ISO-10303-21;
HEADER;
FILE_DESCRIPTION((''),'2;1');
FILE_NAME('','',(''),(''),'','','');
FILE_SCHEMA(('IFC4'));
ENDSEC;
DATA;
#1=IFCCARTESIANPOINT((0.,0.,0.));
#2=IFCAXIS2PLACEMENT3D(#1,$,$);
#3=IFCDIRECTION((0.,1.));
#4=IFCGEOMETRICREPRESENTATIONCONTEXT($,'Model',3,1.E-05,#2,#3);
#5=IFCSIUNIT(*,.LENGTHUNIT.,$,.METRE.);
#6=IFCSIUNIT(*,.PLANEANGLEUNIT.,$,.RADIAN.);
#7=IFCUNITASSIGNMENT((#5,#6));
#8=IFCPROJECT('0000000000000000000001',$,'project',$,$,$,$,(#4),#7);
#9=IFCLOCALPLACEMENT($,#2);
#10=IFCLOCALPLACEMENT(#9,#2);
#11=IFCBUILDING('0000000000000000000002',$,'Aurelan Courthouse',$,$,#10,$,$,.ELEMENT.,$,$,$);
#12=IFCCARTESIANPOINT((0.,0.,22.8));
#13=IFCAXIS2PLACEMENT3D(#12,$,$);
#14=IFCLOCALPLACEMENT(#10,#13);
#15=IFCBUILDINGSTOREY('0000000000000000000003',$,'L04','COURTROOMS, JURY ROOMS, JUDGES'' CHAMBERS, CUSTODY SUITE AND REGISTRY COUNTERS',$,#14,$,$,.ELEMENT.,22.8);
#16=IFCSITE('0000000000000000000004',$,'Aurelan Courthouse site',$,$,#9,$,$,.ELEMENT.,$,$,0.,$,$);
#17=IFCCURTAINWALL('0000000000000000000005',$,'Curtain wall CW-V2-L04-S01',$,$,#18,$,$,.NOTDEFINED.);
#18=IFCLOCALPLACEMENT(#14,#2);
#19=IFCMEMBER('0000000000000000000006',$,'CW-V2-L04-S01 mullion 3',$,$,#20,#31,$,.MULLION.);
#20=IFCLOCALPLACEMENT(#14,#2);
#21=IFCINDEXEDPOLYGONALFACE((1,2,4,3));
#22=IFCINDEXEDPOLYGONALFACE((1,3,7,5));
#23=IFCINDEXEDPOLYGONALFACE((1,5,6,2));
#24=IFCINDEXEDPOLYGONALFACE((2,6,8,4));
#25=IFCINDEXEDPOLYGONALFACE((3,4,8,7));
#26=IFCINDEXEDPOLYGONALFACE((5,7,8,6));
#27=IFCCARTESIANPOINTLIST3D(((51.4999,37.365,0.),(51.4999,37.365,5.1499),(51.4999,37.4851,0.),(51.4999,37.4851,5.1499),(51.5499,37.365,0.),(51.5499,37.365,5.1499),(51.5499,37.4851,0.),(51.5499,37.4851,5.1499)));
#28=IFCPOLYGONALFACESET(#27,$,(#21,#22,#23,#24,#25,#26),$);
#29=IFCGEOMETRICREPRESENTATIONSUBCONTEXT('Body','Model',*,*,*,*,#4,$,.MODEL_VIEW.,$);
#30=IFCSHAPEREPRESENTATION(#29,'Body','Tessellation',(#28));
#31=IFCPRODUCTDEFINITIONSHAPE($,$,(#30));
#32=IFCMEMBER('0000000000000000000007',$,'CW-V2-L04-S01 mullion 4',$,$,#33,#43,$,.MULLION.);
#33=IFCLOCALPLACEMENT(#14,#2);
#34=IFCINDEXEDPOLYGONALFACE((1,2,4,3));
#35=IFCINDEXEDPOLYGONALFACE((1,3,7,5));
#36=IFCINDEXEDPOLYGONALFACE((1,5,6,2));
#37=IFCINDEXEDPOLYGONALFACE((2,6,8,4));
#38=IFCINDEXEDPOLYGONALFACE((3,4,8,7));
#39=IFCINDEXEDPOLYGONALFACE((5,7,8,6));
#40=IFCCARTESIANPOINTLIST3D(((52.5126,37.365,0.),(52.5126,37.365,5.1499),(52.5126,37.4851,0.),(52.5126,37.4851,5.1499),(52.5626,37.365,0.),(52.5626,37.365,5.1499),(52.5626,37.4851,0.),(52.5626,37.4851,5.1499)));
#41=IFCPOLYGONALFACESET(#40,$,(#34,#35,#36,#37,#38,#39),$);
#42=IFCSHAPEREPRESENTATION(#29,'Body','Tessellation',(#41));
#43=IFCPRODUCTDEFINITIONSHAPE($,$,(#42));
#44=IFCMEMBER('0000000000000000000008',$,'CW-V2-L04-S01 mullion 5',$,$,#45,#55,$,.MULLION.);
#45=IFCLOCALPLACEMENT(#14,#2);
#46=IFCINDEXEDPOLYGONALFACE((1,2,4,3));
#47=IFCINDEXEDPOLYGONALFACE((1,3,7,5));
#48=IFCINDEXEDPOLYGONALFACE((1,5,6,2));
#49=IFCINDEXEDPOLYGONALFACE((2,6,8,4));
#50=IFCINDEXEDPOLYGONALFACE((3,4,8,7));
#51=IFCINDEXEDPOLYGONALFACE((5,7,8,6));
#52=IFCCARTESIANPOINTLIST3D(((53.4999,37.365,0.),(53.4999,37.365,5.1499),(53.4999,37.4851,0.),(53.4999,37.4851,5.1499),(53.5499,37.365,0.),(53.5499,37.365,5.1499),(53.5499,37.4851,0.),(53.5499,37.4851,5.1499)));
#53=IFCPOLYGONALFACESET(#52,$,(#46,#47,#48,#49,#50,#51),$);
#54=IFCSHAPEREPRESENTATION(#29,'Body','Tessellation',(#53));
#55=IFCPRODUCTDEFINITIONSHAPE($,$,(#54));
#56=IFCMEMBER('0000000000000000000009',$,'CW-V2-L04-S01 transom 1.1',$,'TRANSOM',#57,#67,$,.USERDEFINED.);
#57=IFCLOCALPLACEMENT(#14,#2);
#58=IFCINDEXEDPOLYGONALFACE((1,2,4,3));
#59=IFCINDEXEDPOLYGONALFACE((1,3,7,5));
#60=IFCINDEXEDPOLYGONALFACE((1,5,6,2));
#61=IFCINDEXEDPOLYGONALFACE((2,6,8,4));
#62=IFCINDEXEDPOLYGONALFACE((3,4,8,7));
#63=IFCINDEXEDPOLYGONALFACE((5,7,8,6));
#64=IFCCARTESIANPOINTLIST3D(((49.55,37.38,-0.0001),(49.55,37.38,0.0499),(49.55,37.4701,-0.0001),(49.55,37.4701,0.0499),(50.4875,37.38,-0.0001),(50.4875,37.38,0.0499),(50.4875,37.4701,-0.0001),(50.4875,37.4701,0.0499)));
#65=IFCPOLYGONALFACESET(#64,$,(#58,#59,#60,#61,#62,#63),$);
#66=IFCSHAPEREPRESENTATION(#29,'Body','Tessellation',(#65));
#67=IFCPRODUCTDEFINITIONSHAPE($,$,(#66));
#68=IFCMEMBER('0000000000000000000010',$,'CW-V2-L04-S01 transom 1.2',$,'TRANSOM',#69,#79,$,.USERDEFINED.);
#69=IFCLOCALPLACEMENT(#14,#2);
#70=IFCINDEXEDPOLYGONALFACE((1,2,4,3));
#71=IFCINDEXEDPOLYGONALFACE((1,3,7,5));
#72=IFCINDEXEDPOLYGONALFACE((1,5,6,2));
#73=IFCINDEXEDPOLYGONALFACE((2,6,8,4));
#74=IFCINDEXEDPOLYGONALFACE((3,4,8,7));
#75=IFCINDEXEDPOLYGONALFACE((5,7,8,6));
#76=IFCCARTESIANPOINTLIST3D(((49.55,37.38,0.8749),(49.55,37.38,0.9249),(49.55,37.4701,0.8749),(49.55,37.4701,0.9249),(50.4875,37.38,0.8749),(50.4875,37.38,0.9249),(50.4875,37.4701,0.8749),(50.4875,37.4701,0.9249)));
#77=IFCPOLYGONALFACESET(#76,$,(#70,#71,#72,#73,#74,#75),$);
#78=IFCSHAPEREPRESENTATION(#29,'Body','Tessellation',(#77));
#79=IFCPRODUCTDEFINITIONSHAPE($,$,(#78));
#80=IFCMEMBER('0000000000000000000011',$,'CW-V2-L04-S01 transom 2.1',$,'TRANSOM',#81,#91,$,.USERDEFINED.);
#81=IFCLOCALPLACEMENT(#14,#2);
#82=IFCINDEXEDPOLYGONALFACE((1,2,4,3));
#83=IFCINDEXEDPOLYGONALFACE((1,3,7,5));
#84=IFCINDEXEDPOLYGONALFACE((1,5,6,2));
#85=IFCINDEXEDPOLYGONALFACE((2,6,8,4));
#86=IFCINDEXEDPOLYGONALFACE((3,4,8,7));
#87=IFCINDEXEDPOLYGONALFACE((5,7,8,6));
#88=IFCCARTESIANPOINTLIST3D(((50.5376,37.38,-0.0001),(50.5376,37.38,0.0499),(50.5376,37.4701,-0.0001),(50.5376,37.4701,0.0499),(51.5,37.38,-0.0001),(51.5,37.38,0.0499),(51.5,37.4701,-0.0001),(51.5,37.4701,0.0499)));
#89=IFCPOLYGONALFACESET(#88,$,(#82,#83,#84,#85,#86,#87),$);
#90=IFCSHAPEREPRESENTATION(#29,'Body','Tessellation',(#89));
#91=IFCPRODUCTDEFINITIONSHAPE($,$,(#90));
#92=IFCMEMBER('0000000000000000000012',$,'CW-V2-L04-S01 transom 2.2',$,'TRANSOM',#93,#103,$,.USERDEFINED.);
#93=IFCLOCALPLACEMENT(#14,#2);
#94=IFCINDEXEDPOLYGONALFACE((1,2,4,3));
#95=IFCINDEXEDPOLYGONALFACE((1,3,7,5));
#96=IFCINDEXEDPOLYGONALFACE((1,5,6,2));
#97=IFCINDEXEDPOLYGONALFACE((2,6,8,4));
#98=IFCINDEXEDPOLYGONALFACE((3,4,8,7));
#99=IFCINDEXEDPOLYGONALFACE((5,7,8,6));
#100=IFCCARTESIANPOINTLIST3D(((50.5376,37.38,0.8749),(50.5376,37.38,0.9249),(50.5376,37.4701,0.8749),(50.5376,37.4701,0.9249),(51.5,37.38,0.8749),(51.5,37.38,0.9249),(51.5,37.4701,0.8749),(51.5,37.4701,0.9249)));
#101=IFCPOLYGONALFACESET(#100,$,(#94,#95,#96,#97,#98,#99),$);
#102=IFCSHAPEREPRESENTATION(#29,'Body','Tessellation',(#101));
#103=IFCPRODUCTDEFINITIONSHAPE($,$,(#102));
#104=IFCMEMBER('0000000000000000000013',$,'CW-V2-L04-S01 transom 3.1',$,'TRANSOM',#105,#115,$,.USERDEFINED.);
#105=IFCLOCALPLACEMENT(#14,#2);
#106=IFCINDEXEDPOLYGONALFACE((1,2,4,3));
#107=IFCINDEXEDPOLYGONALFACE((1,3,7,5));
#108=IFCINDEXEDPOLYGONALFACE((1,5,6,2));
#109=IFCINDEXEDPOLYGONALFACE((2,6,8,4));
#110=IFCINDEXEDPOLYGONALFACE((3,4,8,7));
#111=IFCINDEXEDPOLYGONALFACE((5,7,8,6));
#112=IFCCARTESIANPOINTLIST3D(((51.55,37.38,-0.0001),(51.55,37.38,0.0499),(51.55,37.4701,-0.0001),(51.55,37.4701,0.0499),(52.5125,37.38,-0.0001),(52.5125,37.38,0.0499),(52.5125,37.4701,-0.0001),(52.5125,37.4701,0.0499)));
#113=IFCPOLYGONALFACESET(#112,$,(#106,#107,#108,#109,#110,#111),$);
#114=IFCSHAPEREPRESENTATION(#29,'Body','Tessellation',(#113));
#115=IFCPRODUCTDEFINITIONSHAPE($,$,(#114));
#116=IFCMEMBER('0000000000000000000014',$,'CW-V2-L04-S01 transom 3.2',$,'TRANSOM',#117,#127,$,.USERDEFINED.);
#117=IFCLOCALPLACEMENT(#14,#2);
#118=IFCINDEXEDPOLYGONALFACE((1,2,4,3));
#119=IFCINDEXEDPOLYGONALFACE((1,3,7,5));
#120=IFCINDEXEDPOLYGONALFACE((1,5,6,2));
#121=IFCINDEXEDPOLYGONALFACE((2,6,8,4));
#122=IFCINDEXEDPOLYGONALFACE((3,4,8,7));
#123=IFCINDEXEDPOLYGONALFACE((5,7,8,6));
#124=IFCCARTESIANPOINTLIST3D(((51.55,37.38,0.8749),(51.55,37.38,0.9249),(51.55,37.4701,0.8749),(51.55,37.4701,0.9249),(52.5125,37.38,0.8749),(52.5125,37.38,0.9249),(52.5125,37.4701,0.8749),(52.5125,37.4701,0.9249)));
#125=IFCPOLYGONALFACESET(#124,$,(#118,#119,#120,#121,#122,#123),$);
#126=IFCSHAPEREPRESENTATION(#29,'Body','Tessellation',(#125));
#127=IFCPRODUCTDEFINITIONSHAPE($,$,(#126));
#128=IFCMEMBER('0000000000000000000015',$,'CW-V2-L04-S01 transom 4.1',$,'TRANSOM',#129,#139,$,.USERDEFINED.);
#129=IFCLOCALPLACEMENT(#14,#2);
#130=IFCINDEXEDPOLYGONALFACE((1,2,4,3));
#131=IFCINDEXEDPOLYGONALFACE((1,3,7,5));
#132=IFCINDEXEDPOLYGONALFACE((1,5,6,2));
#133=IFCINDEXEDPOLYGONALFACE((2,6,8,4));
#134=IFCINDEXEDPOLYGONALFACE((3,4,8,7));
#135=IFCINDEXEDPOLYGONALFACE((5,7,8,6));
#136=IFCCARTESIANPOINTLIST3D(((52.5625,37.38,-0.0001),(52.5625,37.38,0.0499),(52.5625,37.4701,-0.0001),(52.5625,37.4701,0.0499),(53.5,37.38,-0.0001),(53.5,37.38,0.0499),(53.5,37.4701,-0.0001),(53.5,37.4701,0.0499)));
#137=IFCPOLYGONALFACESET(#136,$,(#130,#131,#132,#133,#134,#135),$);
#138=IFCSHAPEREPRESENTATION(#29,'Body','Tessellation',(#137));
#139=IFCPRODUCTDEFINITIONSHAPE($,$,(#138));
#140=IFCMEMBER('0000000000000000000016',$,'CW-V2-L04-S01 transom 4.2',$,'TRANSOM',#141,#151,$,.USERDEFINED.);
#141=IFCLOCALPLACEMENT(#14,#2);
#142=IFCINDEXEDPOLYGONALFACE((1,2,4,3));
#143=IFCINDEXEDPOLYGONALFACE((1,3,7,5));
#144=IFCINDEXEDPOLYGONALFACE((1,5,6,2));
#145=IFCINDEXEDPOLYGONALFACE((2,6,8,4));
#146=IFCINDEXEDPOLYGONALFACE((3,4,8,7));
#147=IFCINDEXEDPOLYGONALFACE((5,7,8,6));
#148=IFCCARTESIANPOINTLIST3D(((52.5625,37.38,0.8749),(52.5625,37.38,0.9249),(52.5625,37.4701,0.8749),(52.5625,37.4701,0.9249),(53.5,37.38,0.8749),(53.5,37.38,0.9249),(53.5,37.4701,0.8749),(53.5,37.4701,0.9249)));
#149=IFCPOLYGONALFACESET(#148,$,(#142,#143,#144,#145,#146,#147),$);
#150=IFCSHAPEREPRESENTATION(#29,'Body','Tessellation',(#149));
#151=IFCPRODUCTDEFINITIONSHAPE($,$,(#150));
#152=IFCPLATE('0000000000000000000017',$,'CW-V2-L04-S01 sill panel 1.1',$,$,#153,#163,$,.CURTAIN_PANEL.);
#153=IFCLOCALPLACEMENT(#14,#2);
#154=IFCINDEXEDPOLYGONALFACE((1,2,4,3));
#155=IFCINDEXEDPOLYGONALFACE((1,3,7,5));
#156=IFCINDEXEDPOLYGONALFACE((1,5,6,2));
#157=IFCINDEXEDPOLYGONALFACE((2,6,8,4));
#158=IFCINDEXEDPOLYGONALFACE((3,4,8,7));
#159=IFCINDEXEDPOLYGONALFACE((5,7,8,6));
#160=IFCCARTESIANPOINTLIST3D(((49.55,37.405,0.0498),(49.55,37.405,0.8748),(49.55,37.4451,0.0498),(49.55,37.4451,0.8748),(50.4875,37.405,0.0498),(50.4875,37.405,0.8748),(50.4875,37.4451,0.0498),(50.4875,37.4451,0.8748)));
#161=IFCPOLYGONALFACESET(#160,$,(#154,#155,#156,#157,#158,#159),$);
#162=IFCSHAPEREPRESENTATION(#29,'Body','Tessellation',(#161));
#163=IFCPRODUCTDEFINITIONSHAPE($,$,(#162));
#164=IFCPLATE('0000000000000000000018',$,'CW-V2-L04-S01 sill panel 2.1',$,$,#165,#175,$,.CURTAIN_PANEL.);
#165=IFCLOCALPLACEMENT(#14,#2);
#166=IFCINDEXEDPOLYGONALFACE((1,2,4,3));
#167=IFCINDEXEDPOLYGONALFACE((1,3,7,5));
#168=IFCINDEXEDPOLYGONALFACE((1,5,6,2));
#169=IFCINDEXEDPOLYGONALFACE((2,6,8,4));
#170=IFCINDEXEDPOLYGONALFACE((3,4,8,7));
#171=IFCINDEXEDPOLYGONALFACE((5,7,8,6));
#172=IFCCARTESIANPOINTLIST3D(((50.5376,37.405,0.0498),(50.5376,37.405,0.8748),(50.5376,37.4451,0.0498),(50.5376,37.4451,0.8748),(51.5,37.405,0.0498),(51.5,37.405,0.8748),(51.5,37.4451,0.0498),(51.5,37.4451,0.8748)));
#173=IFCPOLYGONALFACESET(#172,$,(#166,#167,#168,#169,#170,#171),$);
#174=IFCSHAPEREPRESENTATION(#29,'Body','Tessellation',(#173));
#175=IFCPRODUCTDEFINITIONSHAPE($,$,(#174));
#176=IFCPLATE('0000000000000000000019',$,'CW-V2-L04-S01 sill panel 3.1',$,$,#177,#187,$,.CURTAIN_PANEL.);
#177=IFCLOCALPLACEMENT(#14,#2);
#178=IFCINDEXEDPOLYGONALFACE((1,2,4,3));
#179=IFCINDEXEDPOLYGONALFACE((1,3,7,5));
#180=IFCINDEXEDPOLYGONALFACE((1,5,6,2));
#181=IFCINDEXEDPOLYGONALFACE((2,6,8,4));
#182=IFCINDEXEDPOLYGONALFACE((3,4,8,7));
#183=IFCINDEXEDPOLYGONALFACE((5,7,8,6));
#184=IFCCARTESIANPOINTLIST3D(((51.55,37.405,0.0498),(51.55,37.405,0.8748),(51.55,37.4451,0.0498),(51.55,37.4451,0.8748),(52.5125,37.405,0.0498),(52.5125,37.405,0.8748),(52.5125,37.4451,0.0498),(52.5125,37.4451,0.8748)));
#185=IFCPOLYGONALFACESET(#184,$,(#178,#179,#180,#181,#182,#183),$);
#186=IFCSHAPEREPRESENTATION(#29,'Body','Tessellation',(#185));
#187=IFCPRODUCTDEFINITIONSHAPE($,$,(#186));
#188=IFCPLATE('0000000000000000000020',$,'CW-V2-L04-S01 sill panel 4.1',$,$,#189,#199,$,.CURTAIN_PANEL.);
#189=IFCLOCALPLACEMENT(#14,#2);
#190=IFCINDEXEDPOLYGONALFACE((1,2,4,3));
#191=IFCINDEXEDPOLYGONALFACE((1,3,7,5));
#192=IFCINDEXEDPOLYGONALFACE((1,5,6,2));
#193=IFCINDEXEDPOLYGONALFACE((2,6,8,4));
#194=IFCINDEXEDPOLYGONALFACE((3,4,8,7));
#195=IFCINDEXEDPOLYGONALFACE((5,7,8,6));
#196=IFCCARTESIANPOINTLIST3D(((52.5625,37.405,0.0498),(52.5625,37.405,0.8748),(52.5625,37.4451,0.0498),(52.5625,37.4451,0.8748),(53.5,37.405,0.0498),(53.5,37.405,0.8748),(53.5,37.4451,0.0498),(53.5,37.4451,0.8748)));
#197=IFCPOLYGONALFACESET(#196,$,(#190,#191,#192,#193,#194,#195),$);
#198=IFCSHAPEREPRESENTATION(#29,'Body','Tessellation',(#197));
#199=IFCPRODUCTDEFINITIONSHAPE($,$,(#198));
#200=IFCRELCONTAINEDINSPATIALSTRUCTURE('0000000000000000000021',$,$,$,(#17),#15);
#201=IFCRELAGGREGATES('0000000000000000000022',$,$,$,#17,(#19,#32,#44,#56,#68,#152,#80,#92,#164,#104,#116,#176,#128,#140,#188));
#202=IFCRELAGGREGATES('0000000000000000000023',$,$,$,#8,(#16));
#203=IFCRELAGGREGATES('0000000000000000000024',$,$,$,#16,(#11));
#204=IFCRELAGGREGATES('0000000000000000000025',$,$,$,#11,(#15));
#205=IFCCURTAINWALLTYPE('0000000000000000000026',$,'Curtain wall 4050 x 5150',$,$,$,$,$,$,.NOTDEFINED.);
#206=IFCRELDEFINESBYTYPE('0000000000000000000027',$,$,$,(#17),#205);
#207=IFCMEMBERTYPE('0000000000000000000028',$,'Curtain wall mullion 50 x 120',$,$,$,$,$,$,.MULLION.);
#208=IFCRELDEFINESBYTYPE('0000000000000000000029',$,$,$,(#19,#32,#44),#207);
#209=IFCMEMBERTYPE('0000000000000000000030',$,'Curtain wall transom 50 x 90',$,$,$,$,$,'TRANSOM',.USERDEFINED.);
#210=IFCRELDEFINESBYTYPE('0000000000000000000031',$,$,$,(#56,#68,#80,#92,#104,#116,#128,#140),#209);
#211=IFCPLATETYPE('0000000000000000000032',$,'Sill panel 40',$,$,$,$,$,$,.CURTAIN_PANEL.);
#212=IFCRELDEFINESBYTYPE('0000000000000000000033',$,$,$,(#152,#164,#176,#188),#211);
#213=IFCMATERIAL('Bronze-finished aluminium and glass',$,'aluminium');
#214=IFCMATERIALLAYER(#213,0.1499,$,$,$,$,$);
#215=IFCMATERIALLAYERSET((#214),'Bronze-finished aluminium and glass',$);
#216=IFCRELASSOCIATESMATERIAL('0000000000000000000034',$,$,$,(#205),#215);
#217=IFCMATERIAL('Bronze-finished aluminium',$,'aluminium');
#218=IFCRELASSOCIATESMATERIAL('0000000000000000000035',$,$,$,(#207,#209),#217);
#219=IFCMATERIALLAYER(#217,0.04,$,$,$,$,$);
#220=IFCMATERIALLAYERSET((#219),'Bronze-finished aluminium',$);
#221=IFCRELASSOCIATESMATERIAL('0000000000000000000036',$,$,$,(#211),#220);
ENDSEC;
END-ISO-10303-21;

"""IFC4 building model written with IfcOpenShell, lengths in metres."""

from ifc_helpers import new_model, si_unit, direction, frame, origin, origin_2d, place, context, subcontext, project, spatial, rectangle, extrude, material, layer, layer_set, material_profile, profile_set, type_object, element, aggregate, save


model = new_model("IFC4")

# Units and contexts
model_context = context("Model", 3, precision=1e-05, world=origin(), true_north=direction((0.0, 1.0)))
body_context = subcontext(model_context, "Body", "Model", "MODEL_VIEW")
ifc_project = project(units=[si_unit("LENGTHUNIT", "METRE"), si_unit("PLANEANGLEUNIT", "RADIAN")], contexts=[model_context])

# Site, building, storey
site_placement = place(None, origin())
site = spatial("IfcSite", under=ifc_project, at=site_placement, Name="Aurelan Courthouse site", CompositionType="ELEMENT", RefElevation=0.0)
building_placement = place(site_placement, origin())
building = spatial("IfcBuilding", under=site, at=building_placement, Name="Aurelan Courthouse", CompositionType="ELEMENT")
storey_placement = place(building_placement, frame((0.0, 0.0, 22.8)))
storey = spatial("IfcBuildingStorey", under=building, at=storey_placement, Name="L04", Description="COURTROOMS, JURY ROOMS, JUDGES' CHAMBERS, CUSTODY SUITE AND REGISTRY COUNTERS", CompositionType="ELEMENT", Elevation=22.8)

# Curtain wall, members, plates
ifc_material_1 = material(Name="Bronze-finished aluminium and glass", Category="aluminium")
ifc_layer_1 = layer(ifc_material_1, 0.1499)
ifc_layer_set_1 = layer_set([ifc_layer_1], Name="Bronze-finished aluminium and glass")
curtain_wall_type = type_object("IfcCurtainWallType", Name="Curtain wall 4050 x 5150", PredefinedType="NOTDEFINED", material=ifc_layer_set_1)
curtain_wall_placement = place(storey_placement, origin())
curtain_wall = element("IfcCurtainWall", 1, at=curtain_wall_placement, inside=storey, type_object=curtain_wall_type, Name="Curtain wall CW-V2-L04-S01", PredefinedType="NOTDEFINED")
ifc_material_2 = material(Name="Bronze-finished aluminium", Category="aluminium")
ifc_material_profile_1 = material_profile(ifc_material_2, rectangle(XDim=0.1201, YDim=0.05, at=origin_2d()), Name="Bronze mullion 50 x 120")
ifc_profile_set_1 = profile_set([ifc_material_profile_1], Name="Bronze-finished aluminium")
member_type_1 = type_object("IfcMemberType", Name="Curtain wall mullion 50 x 120", PredefinedType="MULLION", material=ifc_profile_set_1)
member_1_placement = place(storey_placement, frame((51.5249, 37.425, 0.0), z_axis=(0.0, 0.0, 1.0), x_axis=(0.0, 1.0, 0.0)))
member_1 = element("IfcMember", 2, at=member_1_placement, type_object=member_type_1, Name="CW-V2-L04-S01 mullion 3", PredefinedType="MULLION", context=body_context, shape_type="SweptSolid", body=[
    extrude(rectangle(XDim=0.1201, YDim=0.05, at=origin_2d()), origin(), (0.0, 0.0, 1.0), 5.1499),
])
member_2_placement = place(storey_placement, frame((52.5376, 37.425, 0.0), z_axis=(0.0, 0.0, 1.0), x_axis=(0.0, 1.0, 0.0)))
member_2 = element("IfcMember", 3, at=member_2_placement, type_object=member_type_1, Name="CW-V2-L04-S01 mullion 4", PredefinedType="MULLION", context=body_context, shape_type="SweptSolid", body=[
    extrude(rectangle(XDim=0.1201, YDim=0.05, at=origin_2d()), origin(), (0.0, 0.0, 1.0), 5.1499),
])
member_3_placement = place(storey_placement, frame((53.5249, 37.425, 0.0), z_axis=(0.0, 0.0, 1.0), x_axis=(0.0, 1.0, 0.0)))
member_3 = element("IfcMember", 4, at=member_3_placement, type_object=member_type_1, Name="CW-V2-L04-S01 mullion 5", PredefinedType="MULLION", context=body_context, shape_type="SweptSolid", body=[
    extrude(rectangle(XDim=0.1201, YDim=0.05, at=origin_2d()), origin(), (0.0, 0.0, 1.0), 5.1499),
])
ifc_material_profile_2 = material_profile(ifc_material_2, rectangle(XDim=0.0901, YDim=0.05, at=origin_2d()), Name="Bronze transom 50 x 90")
ifc_profile_set_2 = profile_set([ifc_material_profile_2], Name="Bronze-finished aluminium")
member_type_2 = type_object("IfcMemberType", Name="Curtain wall transom 50 x 90", ElementType="TRANSOM", PredefinedType="USERDEFINED", material=ifc_profile_set_2)
member_4_placement = place(storey_placement, frame((49.55, 37.425, 0.0249), z_axis=(1.0, 0.0, 0.0), x_axis=(0.0, 1.0, 0.0)))
member_4 = element("IfcMember", 5, at=member_4_placement, type_object=member_type_2, Name="CW-V2-L04-S01 transom 1.1", ObjectType="TRANSOM", PredefinedType="USERDEFINED", context=body_context, shape_type="SweptSolid", body=[
    extrude(rectangle(XDim=0.0901, YDim=0.05, at=origin_2d()), origin(), (0.0, 0.0, 1.0), 0.9375),
])
member_5_placement = place(storey_placement, frame((49.55, 37.425, 0.8999), z_axis=(1.0, 0.0, 0.0), x_axis=(0.0, 1.0, 0.0)))
member_5 = element("IfcMember", 6, at=member_5_placement, type_object=member_type_2, Name="CW-V2-L04-S01 transom 1.2", ObjectType="TRANSOM", PredefinedType="USERDEFINED", context=body_context, shape_type="SweptSolid", body=[
    extrude(rectangle(XDim=0.0901, YDim=0.05, at=origin_2d()), origin(), (0.0, 0.0, 1.0), 0.9375),
])
member_6_placement = place(storey_placement, frame((50.5376, 37.425, 0.0249), z_axis=(1.0, 0.0, 0.0), x_axis=(0.0, 1.0, 0.0)))
member_6 = element("IfcMember", 7, at=member_6_placement, type_object=member_type_2, Name="CW-V2-L04-S01 transom 2.1", ObjectType="TRANSOM", PredefinedType="USERDEFINED", context=body_context, shape_type="SweptSolid", body=[
    extrude(rectangle(XDim=0.0901, YDim=0.05, at=origin_2d()), origin(), (0.0, 0.0, 1.0), 0.9624),
])
member_7_placement = place(storey_placement, frame((50.5376, 37.425, 0.8999), z_axis=(1.0, 0.0, 0.0), x_axis=(0.0, 1.0, 0.0)))
member_7 = element("IfcMember", 8, at=member_7_placement, type_object=member_type_2, Name="CW-V2-L04-S01 transom 2.2", ObjectType="TRANSOM", PredefinedType="USERDEFINED", context=body_context, shape_type="SweptSolid", body=[
    extrude(rectangle(XDim=0.0901, YDim=0.05, at=origin_2d()), origin(), (0.0, 0.0, 1.0), 0.9624),
])
member_8_placement = place(storey_placement, frame((51.55, 37.425, 0.0249), z_axis=(1.0, 0.0, 0.0), x_axis=(0.0, 1.0, 0.0)))
member_8 = element("IfcMember", 9, at=member_8_placement, type_object=member_type_2, Name="CW-V2-L04-S01 transom 3.1", ObjectType="TRANSOM", PredefinedType="USERDEFINED", context=body_context, shape_type="SweptSolid", body=[
    extrude(rectangle(XDim=0.0901, YDim=0.05, at=origin_2d()), origin(), (0.0, 0.0, 1.0), 0.9624),
])
member_9_placement = place(storey_placement, frame((51.55, 37.425, 0.8999), z_axis=(1.0, 0.0, 0.0), x_axis=(0.0, 1.0, 0.0)))
member_9 = element("IfcMember", 10, at=member_9_placement, type_object=member_type_2, Name="CW-V2-L04-S01 transom 3.2", ObjectType="TRANSOM", PredefinedType="USERDEFINED", context=body_context, shape_type="SweptSolid", body=[
    extrude(rectangle(XDim=0.0901, YDim=0.05, at=origin_2d()), origin(), (0.0, 0.0, 1.0), 0.9624),
])
member_10_placement = place(storey_placement, frame((52.5625, 37.425, 0.0249), z_axis=(1.0, 0.0, 0.0), x_axis=(0.0, 1.0, 0.0)))
member_10 = element("IfcMember", 11, at=member_10_placement, type_object=member_type_2, Name="CW-V2-L04-S01 transom 4.1", ObjectType="TRANSOM", PredefinedType="USERDEFINED", context=body_context, shape_type="SweptSolid", body=[
    extrude(rectangle(XDim=0.0901, YDim=0.05, at=origin_2d()), origin(), (0.0, 0.0, 1.0), 0.9375),
])
member_11_placement = place(storey_placement, frame((52.5625, 37.425, 0.8999), z_axis=(1.0, 0.0, 0.0), x_axis=(0.0, 1.0, 0.0)))
member_11 = element("IfcMember", 12, at=member_11_placement, type_object=member_type_2, Name="CW-V2-L04-S01 transom 4.2", ObjectType="TRANSOM", PredefinedType="USERDEFINED", context=body_context, shape_type="SweptSolid", body=[
    extrude(rectangle(XDim=0.0901, YDim=0.05, at=origin_2d()), origin(), (0.0, 0.0, 1.0), 0.9375),
])
ifc_layer_2 = layer(ifc_material_2, 0.04)
ifc_layer_set_2 = layer_set([ifc_layer_2], Name="Bronze-finished aluminium")
plate_type = type_object("IfcPlateType", Name="Sill panel 40", PredefinedType="CURTAIN_PANEL", material=ifc_layer_set_2)
plate_1_placement = place(storey_placement, frame((50.0188, 37.425, 0.0498), z_axis=(0.0, 0.0, 1.0), x_axis=(1.0, 0.0, 0.0)))
plate_1 = element("IfcPlate", 13, at=plate_1_placement, type_object=plate_type, Name="CW-V2-L04-S01 sill panel 1.1", PredefinedType="CURTAIN_PANEL", context=body_context, shape_type="SweptSolid", body=[
    extrude(rectangle(XDim=0.9375, YDim=0.04, at=origin_2d()), origin(), (0.0, 0.0, 1.0), 0.825),
])
plate_2_placement = place(storey_placement, frame((51.0188, 37.425, 0.0498), z_axis=(0.0, 0.0, 1.0), x_axis=(1.0, 0.0, 0.0)))
plate_2 = element("IfcPlate", 14, at=plate_2_placement, type_object=plate_type, Name="CW-V2-L04-S01 sill panel 2.1", PredefinedType="CURTAIN_PANEL", context=body_context, shape_type="SweptSolid", body=[
    extrude(rectangle(XDim=0.9624, YDim=0.04, at=origin_2d()), origin(), (0.0, 0.0, 1.0), 0.825),
])
plate_3_placement = place(storey_placement, frame((52.0312, 37.425, 0.0498), z_axis=(0.0, 0.0, 1.0), x_axis=(1.0, 0.0, 0.0)))
plate_3 = element("IfcPlate", 15, at=plate_3_placement, type_object=plate_type, Name="CW-V2-L04-S01 sill panel 3.1", PredefinedType="CURTAIN_PANEL", context=body_context, shape_type="SweptSolid", body=[
    extrude(rectangle(XDim=0.9624, YDim=0.04, at=origin_2d()), origin(), (0.0, 0.0, 1.0), 0.825),
])
plate_4_placement = place(storey_placement, frame((53.0312, 37.425, 0.0498), z_axis=(0.0, 0.0, 1.0), x_axis=(1.0, 0.0, 0.0)))
plate_4 = element("IfcPlate", 16, at=plate_4_placement, type_object=plate_type, Name="CW-V2-L04-S01 sill panel 4.1", PredefinedType="CURTAIN_PANEL", context=body_context, shape_type="SweptSolid", body=[
    extrude(rectangle(XDim=0.9375, YDim=0.04, at=origin_2d()), origin(), (0.0, 0.0, 1.0), 0.825),
])
aggregate(curtain_wall, [member_1, member_2, member_3, member_4, member_5, plate_1, member_6, member_7, plate_2, member_8, member_9, plate_3, member_10, member_11, plate_4])

save(model, "model.ifc")
